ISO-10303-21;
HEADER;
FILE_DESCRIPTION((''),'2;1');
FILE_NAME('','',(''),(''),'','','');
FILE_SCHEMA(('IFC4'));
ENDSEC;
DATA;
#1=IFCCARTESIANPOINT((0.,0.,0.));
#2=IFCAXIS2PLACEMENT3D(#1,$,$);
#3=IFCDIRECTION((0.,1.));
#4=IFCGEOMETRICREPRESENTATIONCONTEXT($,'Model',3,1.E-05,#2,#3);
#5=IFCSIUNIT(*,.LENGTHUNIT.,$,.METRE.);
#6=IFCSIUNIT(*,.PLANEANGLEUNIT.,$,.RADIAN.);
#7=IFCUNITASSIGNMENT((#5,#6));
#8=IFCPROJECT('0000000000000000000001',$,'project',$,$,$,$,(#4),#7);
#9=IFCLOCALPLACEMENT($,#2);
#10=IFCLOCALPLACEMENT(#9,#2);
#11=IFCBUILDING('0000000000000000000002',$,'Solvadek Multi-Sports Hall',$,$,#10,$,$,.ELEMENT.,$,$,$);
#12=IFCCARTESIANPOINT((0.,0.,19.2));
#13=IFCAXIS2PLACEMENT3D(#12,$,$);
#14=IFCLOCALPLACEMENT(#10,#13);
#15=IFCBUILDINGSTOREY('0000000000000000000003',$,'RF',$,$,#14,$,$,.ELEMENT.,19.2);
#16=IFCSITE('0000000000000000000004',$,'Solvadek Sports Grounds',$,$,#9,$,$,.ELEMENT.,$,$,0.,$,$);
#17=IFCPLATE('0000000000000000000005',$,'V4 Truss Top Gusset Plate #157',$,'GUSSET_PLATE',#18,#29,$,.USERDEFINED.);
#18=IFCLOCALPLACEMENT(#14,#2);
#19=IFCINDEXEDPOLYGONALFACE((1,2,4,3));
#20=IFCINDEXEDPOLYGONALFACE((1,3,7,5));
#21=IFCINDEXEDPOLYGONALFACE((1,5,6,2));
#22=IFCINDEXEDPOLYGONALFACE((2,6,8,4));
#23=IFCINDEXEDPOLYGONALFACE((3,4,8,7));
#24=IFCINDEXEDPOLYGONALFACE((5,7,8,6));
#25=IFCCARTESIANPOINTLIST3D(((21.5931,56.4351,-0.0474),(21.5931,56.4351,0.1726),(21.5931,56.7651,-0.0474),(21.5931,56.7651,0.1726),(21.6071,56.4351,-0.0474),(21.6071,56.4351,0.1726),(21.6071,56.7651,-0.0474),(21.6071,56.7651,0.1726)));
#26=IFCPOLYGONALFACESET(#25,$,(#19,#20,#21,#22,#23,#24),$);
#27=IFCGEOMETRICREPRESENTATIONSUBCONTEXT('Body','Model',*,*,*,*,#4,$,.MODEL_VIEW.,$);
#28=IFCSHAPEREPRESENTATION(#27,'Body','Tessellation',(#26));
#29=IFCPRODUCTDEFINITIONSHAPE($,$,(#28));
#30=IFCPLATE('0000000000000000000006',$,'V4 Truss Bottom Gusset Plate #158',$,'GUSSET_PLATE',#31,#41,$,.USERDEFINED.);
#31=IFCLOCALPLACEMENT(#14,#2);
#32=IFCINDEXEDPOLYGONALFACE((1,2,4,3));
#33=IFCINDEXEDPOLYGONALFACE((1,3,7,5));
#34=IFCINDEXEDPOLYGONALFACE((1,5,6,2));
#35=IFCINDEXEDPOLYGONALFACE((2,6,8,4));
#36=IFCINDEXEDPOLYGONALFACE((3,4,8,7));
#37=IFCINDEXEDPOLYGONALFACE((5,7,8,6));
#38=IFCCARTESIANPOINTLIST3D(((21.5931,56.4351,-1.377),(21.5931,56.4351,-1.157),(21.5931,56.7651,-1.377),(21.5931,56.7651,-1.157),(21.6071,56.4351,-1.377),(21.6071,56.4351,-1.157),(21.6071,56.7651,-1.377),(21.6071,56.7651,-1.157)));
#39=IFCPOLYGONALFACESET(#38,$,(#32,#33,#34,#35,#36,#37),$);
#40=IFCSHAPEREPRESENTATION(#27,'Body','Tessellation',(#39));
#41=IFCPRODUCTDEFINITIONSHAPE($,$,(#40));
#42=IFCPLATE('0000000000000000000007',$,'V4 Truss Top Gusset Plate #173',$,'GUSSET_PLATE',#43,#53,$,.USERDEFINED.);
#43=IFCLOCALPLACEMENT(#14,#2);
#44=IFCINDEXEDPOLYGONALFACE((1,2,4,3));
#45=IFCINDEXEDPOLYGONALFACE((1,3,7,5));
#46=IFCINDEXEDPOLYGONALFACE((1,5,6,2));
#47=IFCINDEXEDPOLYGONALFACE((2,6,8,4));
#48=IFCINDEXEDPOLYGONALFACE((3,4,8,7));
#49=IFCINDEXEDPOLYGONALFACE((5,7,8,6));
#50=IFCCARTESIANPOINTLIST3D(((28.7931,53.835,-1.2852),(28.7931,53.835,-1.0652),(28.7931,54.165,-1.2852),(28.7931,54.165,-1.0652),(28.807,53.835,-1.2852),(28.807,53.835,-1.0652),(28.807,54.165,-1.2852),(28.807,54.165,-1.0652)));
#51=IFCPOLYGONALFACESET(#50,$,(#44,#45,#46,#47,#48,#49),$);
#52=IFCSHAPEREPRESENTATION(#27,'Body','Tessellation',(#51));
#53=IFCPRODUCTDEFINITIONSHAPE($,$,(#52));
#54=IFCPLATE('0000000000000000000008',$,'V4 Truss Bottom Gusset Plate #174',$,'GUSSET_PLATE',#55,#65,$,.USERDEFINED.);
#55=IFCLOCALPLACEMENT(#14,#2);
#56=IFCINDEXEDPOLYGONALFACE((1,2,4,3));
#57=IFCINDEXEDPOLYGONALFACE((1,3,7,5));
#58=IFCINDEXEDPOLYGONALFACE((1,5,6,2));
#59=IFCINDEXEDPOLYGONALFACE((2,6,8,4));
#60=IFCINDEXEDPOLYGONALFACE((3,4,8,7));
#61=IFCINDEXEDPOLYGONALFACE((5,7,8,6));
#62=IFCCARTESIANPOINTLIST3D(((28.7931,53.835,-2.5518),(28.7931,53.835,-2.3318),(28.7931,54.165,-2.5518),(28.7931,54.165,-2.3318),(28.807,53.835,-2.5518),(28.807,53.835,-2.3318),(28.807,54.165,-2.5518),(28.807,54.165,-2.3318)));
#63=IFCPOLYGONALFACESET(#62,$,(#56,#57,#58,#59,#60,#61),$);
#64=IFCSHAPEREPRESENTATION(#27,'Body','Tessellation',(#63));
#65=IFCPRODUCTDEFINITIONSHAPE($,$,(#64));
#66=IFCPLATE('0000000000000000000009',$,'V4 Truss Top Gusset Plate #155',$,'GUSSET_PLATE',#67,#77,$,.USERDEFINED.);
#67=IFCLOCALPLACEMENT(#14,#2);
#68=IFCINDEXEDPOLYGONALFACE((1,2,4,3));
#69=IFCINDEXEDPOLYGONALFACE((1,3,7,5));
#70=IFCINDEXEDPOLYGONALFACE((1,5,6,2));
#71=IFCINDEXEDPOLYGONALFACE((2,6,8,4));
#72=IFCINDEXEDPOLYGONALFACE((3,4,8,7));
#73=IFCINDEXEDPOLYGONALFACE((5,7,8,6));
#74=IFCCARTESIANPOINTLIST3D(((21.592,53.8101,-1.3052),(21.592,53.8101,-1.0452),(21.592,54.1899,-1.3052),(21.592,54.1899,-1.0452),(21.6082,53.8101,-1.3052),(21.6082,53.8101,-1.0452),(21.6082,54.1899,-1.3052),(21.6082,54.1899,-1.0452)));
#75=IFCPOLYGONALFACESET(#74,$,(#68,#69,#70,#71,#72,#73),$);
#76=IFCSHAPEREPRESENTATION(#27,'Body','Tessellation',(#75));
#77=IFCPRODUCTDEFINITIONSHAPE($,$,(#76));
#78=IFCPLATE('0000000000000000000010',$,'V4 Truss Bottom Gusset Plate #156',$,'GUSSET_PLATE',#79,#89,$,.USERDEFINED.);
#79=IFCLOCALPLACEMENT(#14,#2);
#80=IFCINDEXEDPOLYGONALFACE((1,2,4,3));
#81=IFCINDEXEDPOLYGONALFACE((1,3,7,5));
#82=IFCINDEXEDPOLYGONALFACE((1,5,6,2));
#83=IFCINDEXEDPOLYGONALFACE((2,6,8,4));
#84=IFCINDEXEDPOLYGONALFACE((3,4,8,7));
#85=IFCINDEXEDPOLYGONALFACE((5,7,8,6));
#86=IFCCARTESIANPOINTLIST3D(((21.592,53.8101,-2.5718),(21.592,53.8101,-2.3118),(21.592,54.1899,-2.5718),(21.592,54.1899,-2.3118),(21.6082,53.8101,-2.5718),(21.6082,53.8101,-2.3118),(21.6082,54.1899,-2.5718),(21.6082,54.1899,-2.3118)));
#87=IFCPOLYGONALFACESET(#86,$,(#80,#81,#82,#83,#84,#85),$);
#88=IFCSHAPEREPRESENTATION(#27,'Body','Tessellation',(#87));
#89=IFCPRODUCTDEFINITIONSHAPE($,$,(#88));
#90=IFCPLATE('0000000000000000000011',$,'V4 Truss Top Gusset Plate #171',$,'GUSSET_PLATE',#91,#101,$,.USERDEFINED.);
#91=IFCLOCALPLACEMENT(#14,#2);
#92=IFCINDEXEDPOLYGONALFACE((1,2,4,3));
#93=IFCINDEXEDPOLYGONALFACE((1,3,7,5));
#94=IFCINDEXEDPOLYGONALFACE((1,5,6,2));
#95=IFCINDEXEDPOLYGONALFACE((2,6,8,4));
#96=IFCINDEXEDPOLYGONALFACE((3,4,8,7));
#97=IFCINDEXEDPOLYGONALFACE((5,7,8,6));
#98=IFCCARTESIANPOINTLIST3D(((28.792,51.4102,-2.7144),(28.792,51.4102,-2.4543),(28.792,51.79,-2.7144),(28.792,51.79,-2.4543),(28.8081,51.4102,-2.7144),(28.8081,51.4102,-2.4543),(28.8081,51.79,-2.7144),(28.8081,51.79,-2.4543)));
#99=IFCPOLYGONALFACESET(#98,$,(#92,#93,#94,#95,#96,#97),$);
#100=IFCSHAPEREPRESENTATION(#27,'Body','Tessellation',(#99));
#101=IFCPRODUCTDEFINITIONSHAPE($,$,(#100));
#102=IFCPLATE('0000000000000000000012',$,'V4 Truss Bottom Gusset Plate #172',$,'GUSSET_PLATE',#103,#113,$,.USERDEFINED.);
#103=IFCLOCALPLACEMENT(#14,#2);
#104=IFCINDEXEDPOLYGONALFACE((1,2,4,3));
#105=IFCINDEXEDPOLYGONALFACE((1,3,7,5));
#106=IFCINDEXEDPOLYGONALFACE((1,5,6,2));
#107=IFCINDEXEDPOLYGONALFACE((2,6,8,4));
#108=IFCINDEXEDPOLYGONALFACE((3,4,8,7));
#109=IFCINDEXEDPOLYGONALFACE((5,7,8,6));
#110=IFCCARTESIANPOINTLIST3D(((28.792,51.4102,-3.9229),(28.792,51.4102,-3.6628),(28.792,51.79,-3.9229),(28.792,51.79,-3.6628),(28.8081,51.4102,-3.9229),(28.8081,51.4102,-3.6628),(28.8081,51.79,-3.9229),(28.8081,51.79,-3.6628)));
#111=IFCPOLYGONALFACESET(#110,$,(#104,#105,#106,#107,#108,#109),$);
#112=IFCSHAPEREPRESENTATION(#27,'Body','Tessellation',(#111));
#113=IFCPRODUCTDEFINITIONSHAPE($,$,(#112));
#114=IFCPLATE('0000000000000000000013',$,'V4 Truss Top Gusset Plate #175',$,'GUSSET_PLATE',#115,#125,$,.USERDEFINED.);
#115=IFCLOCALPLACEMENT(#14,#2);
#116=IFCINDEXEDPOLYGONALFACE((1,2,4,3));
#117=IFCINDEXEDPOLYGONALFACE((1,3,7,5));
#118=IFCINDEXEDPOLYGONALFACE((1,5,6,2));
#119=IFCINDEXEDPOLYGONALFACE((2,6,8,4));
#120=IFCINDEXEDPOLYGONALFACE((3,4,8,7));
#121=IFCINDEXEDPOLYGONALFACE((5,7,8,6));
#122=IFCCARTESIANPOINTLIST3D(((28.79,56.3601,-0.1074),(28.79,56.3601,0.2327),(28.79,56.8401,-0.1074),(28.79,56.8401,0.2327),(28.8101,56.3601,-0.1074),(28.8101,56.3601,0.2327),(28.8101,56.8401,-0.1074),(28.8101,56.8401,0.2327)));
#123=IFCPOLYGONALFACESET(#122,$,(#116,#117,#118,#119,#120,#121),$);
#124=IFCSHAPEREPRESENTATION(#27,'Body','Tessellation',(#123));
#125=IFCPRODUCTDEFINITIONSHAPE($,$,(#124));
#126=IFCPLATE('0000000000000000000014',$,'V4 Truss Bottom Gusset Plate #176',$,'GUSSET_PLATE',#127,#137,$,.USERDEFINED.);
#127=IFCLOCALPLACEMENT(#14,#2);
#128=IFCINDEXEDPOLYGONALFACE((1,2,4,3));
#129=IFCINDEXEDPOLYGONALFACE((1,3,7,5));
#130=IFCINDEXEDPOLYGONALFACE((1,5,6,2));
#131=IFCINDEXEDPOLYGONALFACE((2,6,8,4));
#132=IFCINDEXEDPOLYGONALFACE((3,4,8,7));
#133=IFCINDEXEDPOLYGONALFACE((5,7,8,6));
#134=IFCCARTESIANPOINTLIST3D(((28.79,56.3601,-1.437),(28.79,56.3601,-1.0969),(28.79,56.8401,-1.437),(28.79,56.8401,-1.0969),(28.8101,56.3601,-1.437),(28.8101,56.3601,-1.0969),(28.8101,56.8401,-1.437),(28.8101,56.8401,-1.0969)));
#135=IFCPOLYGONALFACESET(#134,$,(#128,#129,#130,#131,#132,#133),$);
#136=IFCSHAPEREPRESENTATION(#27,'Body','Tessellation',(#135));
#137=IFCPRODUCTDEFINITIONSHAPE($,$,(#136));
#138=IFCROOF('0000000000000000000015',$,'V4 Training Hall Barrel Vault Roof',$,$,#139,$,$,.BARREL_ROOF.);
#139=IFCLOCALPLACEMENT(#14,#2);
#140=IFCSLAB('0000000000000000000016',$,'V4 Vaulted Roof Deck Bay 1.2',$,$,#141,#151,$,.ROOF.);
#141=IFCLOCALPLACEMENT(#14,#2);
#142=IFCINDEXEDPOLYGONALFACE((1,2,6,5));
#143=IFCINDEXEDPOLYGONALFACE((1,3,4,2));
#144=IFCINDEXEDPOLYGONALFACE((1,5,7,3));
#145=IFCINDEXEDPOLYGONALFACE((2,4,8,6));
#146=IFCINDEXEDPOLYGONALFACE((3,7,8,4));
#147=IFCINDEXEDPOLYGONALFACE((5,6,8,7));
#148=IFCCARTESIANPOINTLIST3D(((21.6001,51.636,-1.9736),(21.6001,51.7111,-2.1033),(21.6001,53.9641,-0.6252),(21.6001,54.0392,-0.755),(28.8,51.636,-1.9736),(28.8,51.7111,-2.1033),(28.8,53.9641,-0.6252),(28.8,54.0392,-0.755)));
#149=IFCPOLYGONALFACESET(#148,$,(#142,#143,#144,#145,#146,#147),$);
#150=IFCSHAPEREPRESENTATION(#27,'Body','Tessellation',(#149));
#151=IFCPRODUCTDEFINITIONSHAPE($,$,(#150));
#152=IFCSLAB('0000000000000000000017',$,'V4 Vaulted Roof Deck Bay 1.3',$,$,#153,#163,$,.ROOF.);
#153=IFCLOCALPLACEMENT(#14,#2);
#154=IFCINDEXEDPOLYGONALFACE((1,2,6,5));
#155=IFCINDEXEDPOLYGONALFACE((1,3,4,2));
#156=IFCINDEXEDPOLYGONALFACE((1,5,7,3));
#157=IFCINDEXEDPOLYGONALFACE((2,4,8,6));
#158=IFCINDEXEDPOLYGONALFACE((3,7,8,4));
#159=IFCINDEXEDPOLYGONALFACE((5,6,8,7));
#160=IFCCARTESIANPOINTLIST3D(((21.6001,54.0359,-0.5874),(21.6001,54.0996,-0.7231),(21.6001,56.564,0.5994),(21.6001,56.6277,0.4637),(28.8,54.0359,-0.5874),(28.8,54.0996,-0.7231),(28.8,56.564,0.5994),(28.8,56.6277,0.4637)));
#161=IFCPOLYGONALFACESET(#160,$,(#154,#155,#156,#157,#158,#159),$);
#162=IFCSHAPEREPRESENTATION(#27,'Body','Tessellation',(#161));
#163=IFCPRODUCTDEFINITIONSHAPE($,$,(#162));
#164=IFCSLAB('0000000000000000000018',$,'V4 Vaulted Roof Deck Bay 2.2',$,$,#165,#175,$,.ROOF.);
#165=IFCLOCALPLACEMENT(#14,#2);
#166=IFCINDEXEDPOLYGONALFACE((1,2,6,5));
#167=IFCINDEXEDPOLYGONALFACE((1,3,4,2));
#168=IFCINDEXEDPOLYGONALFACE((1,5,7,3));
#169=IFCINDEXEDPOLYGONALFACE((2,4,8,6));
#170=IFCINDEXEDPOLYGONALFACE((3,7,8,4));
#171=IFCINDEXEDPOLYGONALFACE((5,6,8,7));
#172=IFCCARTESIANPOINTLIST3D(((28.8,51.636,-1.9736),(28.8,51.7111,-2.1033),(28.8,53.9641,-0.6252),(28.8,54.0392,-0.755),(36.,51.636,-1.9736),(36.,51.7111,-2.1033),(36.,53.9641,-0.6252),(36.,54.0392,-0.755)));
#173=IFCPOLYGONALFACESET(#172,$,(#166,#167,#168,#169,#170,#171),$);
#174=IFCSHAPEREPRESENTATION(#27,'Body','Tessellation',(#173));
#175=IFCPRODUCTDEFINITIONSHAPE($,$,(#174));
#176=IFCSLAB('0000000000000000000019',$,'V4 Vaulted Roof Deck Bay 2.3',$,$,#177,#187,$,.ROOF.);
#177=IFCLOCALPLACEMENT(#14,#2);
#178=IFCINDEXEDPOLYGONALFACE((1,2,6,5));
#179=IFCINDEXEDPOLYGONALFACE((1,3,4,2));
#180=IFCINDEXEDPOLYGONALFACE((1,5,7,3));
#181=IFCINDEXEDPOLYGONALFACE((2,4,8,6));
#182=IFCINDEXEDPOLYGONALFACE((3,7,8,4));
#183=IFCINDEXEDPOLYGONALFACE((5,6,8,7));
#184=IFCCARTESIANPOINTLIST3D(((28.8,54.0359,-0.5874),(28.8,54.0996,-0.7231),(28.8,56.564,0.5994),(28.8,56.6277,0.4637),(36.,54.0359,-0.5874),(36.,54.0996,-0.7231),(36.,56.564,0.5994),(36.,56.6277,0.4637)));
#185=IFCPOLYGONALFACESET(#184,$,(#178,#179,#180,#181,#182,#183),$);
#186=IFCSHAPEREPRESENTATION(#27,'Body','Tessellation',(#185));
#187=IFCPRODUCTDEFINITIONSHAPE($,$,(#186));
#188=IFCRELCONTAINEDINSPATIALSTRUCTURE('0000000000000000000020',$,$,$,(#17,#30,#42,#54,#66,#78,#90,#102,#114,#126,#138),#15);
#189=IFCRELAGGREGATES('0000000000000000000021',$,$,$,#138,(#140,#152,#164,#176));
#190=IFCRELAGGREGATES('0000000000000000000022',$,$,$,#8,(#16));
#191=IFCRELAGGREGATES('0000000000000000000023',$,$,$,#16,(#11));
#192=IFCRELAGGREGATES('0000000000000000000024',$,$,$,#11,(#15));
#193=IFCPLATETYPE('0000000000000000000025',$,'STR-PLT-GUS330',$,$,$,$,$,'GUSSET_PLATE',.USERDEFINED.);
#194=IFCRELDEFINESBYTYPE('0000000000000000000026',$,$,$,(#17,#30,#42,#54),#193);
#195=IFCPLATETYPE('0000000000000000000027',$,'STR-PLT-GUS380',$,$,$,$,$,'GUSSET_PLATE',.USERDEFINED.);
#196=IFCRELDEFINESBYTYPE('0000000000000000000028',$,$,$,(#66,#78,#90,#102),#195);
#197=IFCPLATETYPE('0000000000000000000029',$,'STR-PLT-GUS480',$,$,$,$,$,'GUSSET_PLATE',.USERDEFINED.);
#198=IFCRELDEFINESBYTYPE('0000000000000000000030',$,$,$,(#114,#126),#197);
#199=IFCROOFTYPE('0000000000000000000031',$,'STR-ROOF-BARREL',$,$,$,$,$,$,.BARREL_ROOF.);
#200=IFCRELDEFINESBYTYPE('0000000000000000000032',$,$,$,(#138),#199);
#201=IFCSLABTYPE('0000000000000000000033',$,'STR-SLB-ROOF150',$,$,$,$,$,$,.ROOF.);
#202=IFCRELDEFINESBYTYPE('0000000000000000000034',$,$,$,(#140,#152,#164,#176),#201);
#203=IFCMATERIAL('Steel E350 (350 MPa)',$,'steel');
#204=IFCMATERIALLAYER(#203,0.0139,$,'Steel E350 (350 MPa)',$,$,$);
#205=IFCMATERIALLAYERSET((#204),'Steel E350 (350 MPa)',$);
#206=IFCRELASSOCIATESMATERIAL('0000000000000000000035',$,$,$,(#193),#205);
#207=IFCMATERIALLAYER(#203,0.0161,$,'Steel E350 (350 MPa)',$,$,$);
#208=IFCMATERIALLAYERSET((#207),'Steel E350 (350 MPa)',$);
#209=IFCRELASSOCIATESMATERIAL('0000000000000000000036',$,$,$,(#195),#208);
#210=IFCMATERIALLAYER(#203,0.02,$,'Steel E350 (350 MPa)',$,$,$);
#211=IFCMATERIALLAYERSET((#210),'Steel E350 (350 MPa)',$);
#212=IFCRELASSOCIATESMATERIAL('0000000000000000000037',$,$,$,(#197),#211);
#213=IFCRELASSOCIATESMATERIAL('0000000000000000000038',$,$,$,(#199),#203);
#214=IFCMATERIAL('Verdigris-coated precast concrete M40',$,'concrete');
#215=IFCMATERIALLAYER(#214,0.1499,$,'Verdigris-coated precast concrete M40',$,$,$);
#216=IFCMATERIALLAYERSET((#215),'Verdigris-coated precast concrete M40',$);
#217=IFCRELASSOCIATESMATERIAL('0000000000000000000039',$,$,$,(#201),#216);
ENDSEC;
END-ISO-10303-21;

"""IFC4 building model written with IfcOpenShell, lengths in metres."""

from ifc_helpers import new_model, si_unit, direction, frame, origin, origin_2d, place, context, subcontext, project, spatial, polyline, rectangle, outline, extrude, material, layer, layer_set, type_object, element, aggregate, save


model = new_model("IFC4")

# Units and contexts
model_context = context("Model", 3, precision=1e-05, world=origin(), true_north=direction((0.0, 1.0)))
body_context = subcontext(model_context, "Body", "Model", "MODEL_VIEW")
ifc_project = project(units=[si_unit("LENGTHUNIT", "METRE"), si_unit("PLANEANGLEUNIT", "RADIAN")], contexts=[model_context])

# Site, building, storey
site_placement = place(None, origin())
site = spatial("IfcSite", under=ifc_project, at=site_placement, Name="Solvadek Sports Grounds", CompositionType="ELEMENT", RefElevation=0.0)
building_placement = place(site_placement, origin())
building = spatial("IfcBuilding", under=site, at=building_placement, Name="Solvadek Multi-Sports Hall", CompositionType="ELEMENT")
storey_placement = place(building_placement, frame((0.0, 0.0, 19.2)))
storey = spatial("IfcBuildingStorey", under=building, at=storey_placement, Name="RF", CompositionType="ELEMENT", Elevation=19.2)

# Shared definitions
ifc_material_1 = material(Name="Steel E350 (350 MPa)", Category="steel")

# Plates
ifc_layer_1 = layer(ifc_material_1, 0.0139, Name="Steel E350 (350 MPa)")
ifc_layer_set_1 = layer_set([ifc_layer_1], Name="Steel E350 (350 MPa)")
plate_type_1 = type_object("IfcPlateType", Name="STR-PLT-GUS330", ElementType="GUSSET_PLATE", PredefinedType="USERDEFINED", material=ifc_layer_set_1)
for number, where, z_axis, x_axis, name in (
    (1, (21.6001, 56.6001, -0.0474), (0.0, 0.0, 1.0), (0.0, 1.0, 0.0), "V4 Truss Top Gusset Plate #157"),
    (2, (21.6001, 56.6001, -1.377), (0.0, 0.0, 1.0), (0.0, 1.0, 0.0), "V4 Truss Bottom Gusset Plate #158"),
    (3, (28.8, 54.0, -1.2852), (0.0, 0.0, 1.0), (0.0, 1.0, 0.0), "V4 Truss Top Gusset Plate #173"),
    (4, (28.8, 54.0, -2.5518), (0.0, 0.0, 1.0), (0.0, 1.0, 0.0), "V4 Truss Bottom Gusset Plate #174"),
):
    element("IfcPlate", number, at=place(storey_placement, frame(where, z_axis=z_axis, x_axis=x_axis)), inside=storey, type_object=plate_type_1, Name=name, ObjectType="GUSSET_PLATE", PredefinedType="USERDEFINED", context=body_context, shape_type="SweptSolid", body=[
        extrude(rectangle(XDim=0.3301, YDim=0.0139, at=origin_2d()), origin(), (0.0, 0.0, 1.0), 0.22),
    ])
ifc_layer_2 = layer(ifc_material_1, 0.0161, Name="Steel E350 (350 MPa)")
ifc_layer_set_2 = layer_set([ifc_layer_2], Name="Steel E350 (350 MPa)")
plate_type_2 = type_object("IfcPlateType", Name="STR-PLT-GUS380", ElementType="GUSSET_PLATE", PredefinedType="USERDEFINED", material=ifc_layer_set_2)
for number, where, z_axis, x_axis, name in (
    (5, (21.6001, 54.0, -1.3052), (0.0, 0.0, 1.0), (0.0, 1.0, 0.0), "V4 Truss Top Gusset Plate #155"),
    (6, (21.6001, 54.0, -2.5718), (0.0, 0.0, 1.0), (0.0, 1.0, 0.0), "V4 Truss Bottom Gusset Plate #156"),
    (7, (28.8, 51.6001, -2.7144), (0.0, 0.0, 1.0), (0.0, 1.0, 0.0), "V4 Truss Top Gusset Plate #171"),
    (8, (28.8, 51.6001, -3.9229), (0.0, 0.0, 1.0), (0.0, 1.0, 0.0), "V4 Truss Bottom Gusset Plate #172"),
):
    element("IfcPlate", number, at=place(storey_placement, frame(where, z_axis=z_axis, x_axis=x_axis)), inside=storey, type_object=plate_type_2, Name=name, ObjectType="GUSSET_PLATE", PredefinedType="USERDEFINED", context=body_context, shape_type="SweptSolid", body=[
        extrude(rectangle(XDim=0.3799, YDim=0.0161, at=origin_2d()), origin(), (0.0, 0.0, 1.0), 0.26),
    ])
ifc_layer_3 = layer(ifc_material_1, 0.02, Name="Steel E350 (350 MPa)")
ifc_layer_set_3 = layer_set([ifc_layer_3], Name="Steel E350 (350 MPa)")
plate_type_3 = type_object("IfcPlateType", Name="STR-PLT-GUS480", ElementType="GUSSET_PLATE", PredefinedType="USERDEFINED", material=ifc_layer_set_3)
for number, where, z_axis, x_axis, name in (
    (9, (28.8, 56.6001, -0.1074), (0.0, 0.0, 1.0), (0.0, 1.0, 0.0), "V4 Truss Top Gusset Plate #175"),
    (10, (28.8, 56.6001, -1.437), (0.0, 0.0, 1.0), (0.0, 1.0, 0.0), "V4 Truss Bottom Gusset Plate #176"),
):
    element("IfcPlate", number, at=place(storey_placement, frame(where, z_axis=z_axis, x_axis=x_axis)), inside=storey, type_object=plate_type_3, Name=name, ObjectType="GUSSET_PLATE", PredefinedType="USERDEFINED", context=body_context, shape_type="SweptSolid", body=[
        extrude(rectangle(XDim=0.48, YDim=0.02, at=origin_2d()), origin(), (0.0, 0.0, 1.0), 0.3401),
    ])

# Roof, slabs
roof_type = type_object("IfcRoofType", Name="STR-ROOF-BARREL", PredefinedType="BARREL_ROOF", material=ifc_material_1)
roof_placement = place(storey_placement, origin())
roof = element("IfcRoof", 11, at=roof_placement, inside=storey, type_object=roof_type, Name="V4 Training Hall Barrel Vault Roof", PredefinedType="BARREL_ROOF")
ifc_material_2 = material(Name="Verdigris-coated precast concrete M40", Category="concrete")
ifc_layer_4 = layer(ifc_material_2, 0.1499, Name="Verdigris-coated precast concrete M40")
ifc_layer_set_4 = layer_set([ifc_layer_4], Name="Verdigris-coated precast concrete M40")
slab_type = type_object("IfcSlabType", Name="STR-SLB-ROOF150", PredefinedType="ROOF", material=ifc_layer_set_4)
slab_1_placement = place(storey_placement, frame((21.6001, 51.636, -1.9736), z_axis=(0.0, -0.501183, 0.865341), x_axis=(1.0, 0.0, 0.0)))
slab_1 = element("IfcSlab", 12, at=slab_1_placement, type_object=slab_type, Name="V4 Vaulted Roof Deck Bay 1.2", PredefinedType="ROOF", context=body_context, shape_type="SweptSolid", body=[
    extrude(outline(polyline([(0.0, 0.0), (7.2, 0.0), (7.2, 2.6904), (0.0, 2.6904), (0.0, 0.0)])), origin(), (0.0, 0.0, -1.0), 0.1499),
])
slab_2_placement = place(storey_placement, frame((21.6001, 54.0359, -0.5874), z_axis=(0.0, -0.424942, 0.90522), x_axis=(1.0, 0.0, 0.0)))
slab_2 = element("IfcSlab", 13, at=slab_2_placement, type_object=slab_type, Name="V4 Vaulted Roof Deck Bay 1.3", PredefinedType="ROOF", context=body_context, shape_type="SweptSolid", body=[
    extrude(outline(polyline([(0.0, 0.0), (7.2, 0.0), (7.2, 2.7928), (0.0, 2.7928), (0.0, 0.0)])), origin(), (0.0, 0.0, -1.0), 0.1499),
])
slab_3_placement = place(storey_placement, frame((28.8, 51.636, -1.9736), z_axis=(0.0, -0.501183, 0.865341), x_axis=(1.0, 0.0, 0.0)))
slab_3 = element("IfcSlab", 14, at=slab_3_placement, type_object=slab_type, Name="V4 Vaulted Roof Deck Bay 2.2", PredefinedType="ROOF", context=body_context, shape_type="SweptSolid", body=[
    extrude(outline(polyline([(0.0, 0.0), (7.2, 0.0), (7.2, 2.6904), (0.0, 2.6904), (0.0, 0.0)])), origin(), (0.0, 0.0, -1.0), 0.1499),
])
slab_4_placement = place(storey_placement, frame((28.8, 54.0359, -0.5874), z_axis=(0.0, -0.424942, 0.90522), x_axis=(1.0, 0.0, 0.0)))
slab_4 = element("IfcSlab", 15, at=slab_4_placement, type_object=slab_type, Name="V4 Vaulted Roof Deck Bay 2.3", PredefinedType="ROOF", context=body_context, shape_type="SweptSolid", body=[
    extrude(outline(polyline([(0.0, 0.0), (7.2, 0.0), (7.2, 2.7928), (0.0, 2.7928), (0.0, 0.0)])), origin(), (0.0, 0.0, -1.0), 0.1499),
])
aggregate(roof, [slab_1, slab_2, slab_3, slab_4])

save(model, "model.ifc")
